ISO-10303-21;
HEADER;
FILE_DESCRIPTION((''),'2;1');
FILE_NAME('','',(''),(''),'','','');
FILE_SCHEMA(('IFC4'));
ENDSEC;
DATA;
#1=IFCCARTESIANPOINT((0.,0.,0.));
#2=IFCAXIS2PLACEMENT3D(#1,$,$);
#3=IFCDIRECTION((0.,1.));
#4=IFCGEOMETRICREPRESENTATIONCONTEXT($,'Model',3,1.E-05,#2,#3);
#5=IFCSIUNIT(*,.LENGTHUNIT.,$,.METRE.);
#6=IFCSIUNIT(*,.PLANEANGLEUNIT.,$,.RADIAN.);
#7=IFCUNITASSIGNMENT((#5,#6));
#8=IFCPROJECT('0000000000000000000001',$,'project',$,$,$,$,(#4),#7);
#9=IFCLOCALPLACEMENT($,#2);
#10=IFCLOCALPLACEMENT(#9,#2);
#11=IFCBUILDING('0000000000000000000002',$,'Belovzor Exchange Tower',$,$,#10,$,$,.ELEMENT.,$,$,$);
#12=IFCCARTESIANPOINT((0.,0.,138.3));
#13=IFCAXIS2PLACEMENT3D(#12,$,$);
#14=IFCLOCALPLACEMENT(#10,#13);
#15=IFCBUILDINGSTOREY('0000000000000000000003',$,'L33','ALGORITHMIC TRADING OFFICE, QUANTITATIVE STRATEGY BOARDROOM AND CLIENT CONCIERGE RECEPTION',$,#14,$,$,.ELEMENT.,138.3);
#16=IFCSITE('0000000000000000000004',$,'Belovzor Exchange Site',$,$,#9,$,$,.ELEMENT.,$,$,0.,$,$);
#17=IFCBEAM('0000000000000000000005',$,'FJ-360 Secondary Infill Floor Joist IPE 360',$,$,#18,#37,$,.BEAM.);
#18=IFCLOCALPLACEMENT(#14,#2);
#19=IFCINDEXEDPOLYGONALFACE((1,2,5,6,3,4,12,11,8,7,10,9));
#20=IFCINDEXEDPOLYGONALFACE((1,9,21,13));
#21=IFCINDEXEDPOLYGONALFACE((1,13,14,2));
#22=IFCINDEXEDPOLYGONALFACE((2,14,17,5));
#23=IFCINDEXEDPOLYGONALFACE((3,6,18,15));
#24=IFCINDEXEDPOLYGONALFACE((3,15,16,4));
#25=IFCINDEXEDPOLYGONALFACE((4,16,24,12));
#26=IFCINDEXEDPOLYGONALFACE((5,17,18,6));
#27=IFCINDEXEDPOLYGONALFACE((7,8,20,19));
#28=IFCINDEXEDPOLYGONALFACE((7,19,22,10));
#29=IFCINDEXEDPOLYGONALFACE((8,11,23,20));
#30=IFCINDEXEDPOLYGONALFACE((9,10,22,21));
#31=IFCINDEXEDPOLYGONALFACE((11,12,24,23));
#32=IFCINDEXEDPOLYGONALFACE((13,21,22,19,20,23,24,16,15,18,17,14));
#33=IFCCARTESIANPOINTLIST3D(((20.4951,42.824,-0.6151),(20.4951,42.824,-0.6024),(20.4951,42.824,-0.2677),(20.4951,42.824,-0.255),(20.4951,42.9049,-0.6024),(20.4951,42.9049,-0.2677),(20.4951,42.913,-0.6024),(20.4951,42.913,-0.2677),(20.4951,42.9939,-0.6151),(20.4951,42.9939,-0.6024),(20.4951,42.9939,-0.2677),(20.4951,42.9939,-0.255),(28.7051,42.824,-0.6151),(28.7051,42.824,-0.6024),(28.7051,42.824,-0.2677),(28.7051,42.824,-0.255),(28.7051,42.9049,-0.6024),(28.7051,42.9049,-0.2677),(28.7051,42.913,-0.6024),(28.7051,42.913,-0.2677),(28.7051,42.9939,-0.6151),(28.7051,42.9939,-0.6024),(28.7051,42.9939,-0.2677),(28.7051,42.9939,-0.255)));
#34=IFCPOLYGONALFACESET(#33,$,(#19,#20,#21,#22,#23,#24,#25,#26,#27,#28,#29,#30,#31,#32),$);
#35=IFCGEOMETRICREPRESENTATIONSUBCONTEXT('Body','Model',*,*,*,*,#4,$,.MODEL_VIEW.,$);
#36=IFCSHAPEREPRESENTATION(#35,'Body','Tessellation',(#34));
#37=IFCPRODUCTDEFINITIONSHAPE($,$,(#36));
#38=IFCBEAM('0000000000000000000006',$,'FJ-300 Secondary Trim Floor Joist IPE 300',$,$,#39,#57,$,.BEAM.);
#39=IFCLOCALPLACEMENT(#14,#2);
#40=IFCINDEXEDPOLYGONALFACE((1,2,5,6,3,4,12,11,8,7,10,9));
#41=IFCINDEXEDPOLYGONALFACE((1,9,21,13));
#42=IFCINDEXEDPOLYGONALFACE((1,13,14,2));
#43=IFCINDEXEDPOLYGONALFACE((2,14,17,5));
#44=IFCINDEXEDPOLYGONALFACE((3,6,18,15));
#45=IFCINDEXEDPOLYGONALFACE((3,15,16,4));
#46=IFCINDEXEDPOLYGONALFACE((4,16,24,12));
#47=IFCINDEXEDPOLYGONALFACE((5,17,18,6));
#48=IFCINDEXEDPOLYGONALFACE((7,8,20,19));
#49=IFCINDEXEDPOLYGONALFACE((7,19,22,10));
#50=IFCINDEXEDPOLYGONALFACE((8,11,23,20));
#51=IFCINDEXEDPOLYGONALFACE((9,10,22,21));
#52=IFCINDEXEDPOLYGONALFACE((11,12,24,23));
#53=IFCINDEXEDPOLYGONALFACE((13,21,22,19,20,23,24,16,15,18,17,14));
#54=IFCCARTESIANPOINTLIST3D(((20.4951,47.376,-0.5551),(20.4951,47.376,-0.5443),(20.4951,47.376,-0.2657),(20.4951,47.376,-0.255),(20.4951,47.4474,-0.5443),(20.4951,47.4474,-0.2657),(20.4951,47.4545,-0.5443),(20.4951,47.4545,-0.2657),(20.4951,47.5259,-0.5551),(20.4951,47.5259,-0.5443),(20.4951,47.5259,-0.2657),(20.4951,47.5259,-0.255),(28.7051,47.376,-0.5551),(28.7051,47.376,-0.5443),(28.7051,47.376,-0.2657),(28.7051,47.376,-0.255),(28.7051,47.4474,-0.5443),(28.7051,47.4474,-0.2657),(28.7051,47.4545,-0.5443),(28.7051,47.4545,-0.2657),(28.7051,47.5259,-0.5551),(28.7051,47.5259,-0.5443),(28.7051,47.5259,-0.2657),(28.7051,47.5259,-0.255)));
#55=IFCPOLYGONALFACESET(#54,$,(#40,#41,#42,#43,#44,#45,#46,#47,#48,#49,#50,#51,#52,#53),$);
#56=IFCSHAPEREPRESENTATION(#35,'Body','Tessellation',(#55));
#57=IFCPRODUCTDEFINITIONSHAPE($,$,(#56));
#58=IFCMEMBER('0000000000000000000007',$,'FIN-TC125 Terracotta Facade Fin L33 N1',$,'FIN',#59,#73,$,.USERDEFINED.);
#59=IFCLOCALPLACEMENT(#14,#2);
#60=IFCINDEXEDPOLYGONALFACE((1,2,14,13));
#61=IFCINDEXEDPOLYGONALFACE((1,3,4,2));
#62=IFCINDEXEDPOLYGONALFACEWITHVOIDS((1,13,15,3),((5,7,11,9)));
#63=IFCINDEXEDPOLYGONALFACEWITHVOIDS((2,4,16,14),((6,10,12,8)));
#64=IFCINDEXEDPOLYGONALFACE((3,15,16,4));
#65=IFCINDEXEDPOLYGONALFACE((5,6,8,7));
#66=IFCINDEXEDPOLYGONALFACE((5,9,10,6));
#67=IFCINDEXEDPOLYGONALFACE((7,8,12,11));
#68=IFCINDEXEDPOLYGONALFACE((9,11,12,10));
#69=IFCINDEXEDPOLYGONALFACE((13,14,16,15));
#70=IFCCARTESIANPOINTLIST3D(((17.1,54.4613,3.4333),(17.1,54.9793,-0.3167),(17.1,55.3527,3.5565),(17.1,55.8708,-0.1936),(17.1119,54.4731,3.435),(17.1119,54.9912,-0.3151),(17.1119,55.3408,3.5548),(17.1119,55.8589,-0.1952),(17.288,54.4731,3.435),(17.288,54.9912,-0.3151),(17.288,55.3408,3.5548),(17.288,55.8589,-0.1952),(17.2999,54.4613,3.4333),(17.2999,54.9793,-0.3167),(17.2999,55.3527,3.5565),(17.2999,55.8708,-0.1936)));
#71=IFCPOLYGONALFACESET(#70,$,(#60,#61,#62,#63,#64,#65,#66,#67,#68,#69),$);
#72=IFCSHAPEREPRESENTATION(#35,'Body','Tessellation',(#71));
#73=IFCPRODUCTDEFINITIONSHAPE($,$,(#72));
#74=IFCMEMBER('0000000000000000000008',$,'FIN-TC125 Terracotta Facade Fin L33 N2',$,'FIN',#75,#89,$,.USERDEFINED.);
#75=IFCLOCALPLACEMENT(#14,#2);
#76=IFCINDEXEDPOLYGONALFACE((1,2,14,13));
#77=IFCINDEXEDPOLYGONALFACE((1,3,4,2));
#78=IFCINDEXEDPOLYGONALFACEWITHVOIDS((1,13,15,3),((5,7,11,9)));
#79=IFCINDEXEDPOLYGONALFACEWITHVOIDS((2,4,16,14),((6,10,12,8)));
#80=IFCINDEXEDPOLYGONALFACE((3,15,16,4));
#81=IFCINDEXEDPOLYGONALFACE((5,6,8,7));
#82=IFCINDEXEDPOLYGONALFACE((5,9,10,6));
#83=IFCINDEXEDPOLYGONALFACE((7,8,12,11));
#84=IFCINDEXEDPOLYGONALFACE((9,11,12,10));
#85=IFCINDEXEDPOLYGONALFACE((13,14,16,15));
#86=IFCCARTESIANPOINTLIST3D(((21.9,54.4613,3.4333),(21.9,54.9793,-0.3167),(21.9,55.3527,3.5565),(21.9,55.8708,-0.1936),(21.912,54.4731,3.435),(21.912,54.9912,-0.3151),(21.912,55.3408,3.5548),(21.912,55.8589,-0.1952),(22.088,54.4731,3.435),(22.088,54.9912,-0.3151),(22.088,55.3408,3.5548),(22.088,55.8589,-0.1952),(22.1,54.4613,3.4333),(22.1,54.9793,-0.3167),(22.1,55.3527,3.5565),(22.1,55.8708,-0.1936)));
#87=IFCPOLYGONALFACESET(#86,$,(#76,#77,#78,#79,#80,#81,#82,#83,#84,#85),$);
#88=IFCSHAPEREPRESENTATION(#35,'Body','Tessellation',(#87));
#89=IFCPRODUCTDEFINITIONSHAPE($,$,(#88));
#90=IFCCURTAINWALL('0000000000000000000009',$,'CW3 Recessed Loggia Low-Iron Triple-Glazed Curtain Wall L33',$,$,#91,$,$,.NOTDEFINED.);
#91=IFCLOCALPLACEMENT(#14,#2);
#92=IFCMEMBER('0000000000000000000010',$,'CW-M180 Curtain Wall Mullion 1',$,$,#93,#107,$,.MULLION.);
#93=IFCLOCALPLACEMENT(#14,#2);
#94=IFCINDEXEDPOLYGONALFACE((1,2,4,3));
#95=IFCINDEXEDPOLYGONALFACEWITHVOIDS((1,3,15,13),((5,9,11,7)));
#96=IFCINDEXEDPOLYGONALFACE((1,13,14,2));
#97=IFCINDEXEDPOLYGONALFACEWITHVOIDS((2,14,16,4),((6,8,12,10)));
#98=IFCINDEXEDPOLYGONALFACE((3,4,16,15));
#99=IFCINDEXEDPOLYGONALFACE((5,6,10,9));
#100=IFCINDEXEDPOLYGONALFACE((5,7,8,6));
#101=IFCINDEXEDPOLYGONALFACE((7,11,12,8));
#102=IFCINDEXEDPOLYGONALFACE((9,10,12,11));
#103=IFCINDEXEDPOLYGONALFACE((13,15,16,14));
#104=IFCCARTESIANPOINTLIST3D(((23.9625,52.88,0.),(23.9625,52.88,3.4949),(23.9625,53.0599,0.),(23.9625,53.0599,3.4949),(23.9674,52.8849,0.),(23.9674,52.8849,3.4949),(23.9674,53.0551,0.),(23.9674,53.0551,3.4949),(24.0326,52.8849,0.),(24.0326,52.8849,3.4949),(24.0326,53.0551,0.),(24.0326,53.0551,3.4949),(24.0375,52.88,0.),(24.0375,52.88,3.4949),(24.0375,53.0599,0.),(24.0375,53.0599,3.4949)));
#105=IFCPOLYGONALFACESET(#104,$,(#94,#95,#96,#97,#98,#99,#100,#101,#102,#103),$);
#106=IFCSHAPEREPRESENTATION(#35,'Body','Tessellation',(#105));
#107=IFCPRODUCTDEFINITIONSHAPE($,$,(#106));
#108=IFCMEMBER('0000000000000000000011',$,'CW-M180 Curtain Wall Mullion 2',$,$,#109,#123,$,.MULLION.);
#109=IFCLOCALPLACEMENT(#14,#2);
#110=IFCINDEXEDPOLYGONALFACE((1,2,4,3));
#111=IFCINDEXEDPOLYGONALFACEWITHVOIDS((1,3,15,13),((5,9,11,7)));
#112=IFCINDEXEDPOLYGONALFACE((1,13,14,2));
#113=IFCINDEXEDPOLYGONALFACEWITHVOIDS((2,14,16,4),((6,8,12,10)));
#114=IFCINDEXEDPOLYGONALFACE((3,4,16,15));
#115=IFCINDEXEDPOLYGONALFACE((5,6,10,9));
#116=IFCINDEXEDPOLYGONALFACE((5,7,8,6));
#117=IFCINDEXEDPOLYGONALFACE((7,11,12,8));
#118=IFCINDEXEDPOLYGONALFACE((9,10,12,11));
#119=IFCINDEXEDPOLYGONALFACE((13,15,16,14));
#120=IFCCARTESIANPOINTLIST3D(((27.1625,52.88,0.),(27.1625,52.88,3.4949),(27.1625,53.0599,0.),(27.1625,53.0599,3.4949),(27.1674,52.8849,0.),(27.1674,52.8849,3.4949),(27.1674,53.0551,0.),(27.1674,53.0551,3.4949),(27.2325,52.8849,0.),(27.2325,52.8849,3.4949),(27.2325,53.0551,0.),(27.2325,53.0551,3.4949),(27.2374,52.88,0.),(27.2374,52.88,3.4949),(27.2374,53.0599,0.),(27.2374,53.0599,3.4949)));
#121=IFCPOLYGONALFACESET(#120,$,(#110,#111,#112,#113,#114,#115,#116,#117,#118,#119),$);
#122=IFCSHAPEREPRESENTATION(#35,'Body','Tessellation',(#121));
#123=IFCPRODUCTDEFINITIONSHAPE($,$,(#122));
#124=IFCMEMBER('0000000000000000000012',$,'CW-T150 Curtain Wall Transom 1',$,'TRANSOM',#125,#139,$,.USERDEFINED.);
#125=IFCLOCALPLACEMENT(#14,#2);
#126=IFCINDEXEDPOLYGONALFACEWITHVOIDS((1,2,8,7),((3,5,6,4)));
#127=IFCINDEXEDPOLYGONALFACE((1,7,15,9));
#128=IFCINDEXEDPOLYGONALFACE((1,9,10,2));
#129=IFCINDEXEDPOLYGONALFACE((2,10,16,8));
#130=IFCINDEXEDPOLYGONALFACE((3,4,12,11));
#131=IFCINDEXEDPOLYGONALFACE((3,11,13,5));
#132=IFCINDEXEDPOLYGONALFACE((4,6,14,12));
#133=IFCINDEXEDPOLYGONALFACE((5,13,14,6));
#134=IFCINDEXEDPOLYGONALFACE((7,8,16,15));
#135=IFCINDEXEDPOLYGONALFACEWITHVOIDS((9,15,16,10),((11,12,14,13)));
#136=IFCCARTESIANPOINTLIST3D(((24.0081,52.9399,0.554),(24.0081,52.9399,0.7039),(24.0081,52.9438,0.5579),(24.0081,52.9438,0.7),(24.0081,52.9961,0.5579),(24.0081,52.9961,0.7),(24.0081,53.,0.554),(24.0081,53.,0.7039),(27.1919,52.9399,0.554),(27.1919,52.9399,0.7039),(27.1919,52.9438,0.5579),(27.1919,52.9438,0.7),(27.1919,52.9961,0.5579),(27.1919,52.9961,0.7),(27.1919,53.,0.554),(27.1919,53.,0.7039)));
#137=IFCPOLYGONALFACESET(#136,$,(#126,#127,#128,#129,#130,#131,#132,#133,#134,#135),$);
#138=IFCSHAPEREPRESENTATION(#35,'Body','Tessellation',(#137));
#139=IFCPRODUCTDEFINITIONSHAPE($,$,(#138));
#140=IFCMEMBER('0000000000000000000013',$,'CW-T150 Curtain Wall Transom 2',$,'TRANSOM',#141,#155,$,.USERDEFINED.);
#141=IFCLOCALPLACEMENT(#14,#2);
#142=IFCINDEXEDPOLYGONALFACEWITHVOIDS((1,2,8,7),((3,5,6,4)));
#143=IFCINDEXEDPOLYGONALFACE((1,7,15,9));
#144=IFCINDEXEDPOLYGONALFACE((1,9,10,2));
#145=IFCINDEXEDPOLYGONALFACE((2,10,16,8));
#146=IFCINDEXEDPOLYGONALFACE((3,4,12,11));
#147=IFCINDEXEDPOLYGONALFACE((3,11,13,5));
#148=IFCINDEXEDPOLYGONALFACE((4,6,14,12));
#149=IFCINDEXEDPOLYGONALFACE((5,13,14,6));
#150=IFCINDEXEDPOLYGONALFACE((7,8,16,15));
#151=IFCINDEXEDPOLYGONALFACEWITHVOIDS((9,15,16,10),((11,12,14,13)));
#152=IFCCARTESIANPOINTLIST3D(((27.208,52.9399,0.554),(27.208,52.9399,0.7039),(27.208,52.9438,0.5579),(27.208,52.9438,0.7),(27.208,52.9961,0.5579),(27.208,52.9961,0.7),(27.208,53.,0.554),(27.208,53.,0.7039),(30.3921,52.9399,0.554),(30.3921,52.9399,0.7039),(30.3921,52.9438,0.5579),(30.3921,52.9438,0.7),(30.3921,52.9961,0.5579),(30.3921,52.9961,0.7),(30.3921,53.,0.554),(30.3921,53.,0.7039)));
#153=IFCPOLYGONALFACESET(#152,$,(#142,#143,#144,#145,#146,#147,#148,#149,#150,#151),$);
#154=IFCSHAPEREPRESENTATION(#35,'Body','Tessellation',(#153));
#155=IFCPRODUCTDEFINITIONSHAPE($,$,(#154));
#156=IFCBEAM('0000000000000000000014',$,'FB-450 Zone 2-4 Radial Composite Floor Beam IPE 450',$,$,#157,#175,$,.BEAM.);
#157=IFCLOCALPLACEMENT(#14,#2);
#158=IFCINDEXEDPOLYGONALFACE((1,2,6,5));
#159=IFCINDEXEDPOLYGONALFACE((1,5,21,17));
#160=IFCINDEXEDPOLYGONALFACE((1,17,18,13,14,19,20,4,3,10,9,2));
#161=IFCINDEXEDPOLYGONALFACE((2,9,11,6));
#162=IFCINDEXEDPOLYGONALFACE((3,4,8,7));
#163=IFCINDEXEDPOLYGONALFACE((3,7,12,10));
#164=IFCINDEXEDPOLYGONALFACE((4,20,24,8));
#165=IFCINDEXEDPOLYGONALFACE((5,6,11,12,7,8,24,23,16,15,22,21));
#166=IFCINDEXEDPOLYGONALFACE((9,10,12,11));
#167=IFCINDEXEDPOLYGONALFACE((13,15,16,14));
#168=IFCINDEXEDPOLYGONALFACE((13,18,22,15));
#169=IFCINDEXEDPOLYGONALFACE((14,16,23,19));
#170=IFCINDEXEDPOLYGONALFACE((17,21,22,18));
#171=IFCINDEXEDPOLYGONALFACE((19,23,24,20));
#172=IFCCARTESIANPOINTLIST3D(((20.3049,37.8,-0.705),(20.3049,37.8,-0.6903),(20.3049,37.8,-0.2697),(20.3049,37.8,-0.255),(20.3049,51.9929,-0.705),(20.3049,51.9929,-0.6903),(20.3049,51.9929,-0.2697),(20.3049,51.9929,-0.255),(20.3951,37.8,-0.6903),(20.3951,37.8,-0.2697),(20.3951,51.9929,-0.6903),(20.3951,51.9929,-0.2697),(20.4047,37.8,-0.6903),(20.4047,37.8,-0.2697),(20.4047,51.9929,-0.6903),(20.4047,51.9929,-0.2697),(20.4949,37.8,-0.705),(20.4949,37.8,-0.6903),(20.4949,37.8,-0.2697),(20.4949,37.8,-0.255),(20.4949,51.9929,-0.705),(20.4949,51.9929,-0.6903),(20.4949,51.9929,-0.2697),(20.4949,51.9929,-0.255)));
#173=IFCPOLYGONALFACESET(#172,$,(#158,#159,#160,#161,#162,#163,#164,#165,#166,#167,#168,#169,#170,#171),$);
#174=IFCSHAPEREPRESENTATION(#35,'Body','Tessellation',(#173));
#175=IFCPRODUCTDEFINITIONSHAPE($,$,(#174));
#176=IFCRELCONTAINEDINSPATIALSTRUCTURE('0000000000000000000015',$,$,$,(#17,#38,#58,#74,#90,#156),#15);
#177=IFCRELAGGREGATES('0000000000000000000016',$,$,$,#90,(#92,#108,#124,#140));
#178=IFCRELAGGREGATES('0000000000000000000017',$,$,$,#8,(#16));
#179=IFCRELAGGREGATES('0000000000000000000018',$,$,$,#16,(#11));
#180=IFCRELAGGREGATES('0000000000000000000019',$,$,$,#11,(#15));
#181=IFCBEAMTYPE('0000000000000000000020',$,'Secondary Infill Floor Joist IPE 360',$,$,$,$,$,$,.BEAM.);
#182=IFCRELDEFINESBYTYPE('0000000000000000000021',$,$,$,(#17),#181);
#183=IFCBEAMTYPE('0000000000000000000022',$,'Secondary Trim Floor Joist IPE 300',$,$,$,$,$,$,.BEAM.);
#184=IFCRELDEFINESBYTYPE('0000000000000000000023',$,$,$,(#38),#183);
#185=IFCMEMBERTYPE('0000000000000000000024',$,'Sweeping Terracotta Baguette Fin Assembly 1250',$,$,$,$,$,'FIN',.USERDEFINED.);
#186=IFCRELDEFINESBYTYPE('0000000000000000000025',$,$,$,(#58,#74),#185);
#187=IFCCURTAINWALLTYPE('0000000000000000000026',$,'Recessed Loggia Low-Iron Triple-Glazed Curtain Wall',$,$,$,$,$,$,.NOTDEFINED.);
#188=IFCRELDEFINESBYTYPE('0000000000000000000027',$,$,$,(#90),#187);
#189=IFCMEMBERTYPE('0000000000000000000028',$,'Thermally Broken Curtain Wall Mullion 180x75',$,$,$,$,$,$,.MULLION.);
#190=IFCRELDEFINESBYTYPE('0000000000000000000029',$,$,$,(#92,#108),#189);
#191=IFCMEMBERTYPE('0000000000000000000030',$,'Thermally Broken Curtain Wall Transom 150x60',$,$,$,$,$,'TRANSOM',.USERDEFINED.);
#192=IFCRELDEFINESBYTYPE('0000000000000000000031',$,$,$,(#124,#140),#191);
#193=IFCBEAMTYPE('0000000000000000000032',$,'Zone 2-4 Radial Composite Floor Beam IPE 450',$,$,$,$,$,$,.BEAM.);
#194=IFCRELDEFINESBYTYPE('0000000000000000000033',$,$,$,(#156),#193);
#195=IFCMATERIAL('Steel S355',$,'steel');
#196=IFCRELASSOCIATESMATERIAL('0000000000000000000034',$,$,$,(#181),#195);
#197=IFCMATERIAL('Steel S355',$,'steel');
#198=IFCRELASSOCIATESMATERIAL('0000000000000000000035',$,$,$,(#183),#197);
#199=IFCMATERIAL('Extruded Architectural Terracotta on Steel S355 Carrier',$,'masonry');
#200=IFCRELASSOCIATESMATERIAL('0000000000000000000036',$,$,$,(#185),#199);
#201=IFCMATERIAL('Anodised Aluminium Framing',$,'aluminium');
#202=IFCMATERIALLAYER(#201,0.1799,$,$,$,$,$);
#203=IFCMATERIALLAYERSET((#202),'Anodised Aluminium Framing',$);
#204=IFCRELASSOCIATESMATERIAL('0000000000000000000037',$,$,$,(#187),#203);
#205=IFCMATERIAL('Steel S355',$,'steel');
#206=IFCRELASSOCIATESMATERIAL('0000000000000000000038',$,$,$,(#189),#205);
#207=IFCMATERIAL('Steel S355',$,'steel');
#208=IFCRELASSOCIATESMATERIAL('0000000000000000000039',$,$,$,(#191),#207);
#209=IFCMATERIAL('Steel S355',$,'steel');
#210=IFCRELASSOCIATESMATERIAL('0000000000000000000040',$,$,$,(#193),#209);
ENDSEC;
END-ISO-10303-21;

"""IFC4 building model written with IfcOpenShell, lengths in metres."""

from ifc_helpers import new_model, si_unit, direction, frame, origin, origin_2d, place, context, subcontext, project, spatial, hollow_rectangle, i_section, extrude, material, layer, layer_set, material_profile, profile_set, type_object, element, aggregate, save


model = new_model("IFC4")

# Units and contexts
model_context = context("Model", 3, precision=1e-05, world=origin(), true_north=direction((0.0, 1.0)))
body_context = subcontext(model_context, "Body", "Model", "MODEL_VIEW")
ifc_project = project(units=[si_unit("LENGTHUNIT", "METRE"), si_unit("PLANEANGLEUNIT", "RADIAN")], contexts=[model_context])

# Site, building, storey
site_placement = place(None, origin())
site = spatial("IfcSite", under=ifc_project, at=site_placement, Name="Belovzor Exchange Site", CompositionType="ELEMENT", RefElevation=0.0)
building_placement = place(site_placement, origin())
building = spatial("IfcBuilding", under=site, at=building_placement, Name="Belovzor Exchange Tower", CompositionType="ELEMENT")
storey_placement = place(building_placement, frame((0.0, 0.0, 138.3)))
storey = spatial("IfcBuildingStorey", under=building, at=storey_placement, Name="L33", Description="ALGORITHMIC TRADING OFFICE, QUANTITATIVE STRATEGY BOARDROOM AND CLIENT CONCIERGE RECEPTION", CompositionType="ELEMENT", Elevation=138.3)

# Beams
ifc_material_1 = material(Name="Steel S355", Category="steel")
ifc_material_profile_1 = material_profile(ifc_material_1, i_section(OverallWidth=0.1699, OverallDepth=0.3601, WebThickness=0.0081, FlangeThickness=0.0127, at=origin_2d()))
ifc_profile_set_1 = profile_set([ifc_material_profile_1], Name="Steel S355")
beam_type_1 = type_object("IfcBeamType", Name="Secondary Infill Floor Joist IPE 360", PredefinedType="BEAM", material=ifc_profile_set_1)
beam_1_placement = place(storey_placement, frame((20.4951, 42.9089, -0.4351), z_axis=(1.0, 0.0, 0.0), x_axis=(0.0, 1.0, 0.0)))
element("IfcBeam", 1, at=beam_1_placement, inside=storey, type_object=beam_type_1, Name="FJ-360 Secondary Infill Floor Joist IPE 360", PredefinedType="BEAM", context=body_context, shape_type="SweptSolid", body=[
    extrude(i_section(OverallWidth=0.1699, OverallDepth=0.3601, WebThickness=0.0081, FlangeThickness=0.0127, at=origin_2d()), origin(), (0.0, 0.0, 1.0), 8.21),
])
ifc_material_2 = material(Name="Steel S355", Category="steel")
ifc_material_profile_2 = material_profile(ifc_material_2, i_section(OverallWidth=0.1499, OverallDepth=0.3, WebThickness=0.0071, FlangeThickness=0.0107, at=origin_2d()))
ifc_profile_set_2 = profile_set([ifc_material_profile_2], Name="Steel S355")
beam_type_2 = type_object("IfcBeamType", Name="Secondary Trim Floor Joist IPE 300", PredefinedType="BEAM", material=ifc_profile_set_2)
beam_2_placement = place(storey_placement, frame((20.4951, 47.4509, -0.405), z_axis=(1.0, 0.0, 0.0), x_axis=(0.0, 1.0, 0.0)))
element("IfcBeam", 2, at=beam_2_placement, inside=storey, type_object=beam_type_2, Name="FJ-300 Secondary Trim Floor Joist IPE 300", PredefinedType="BEAM", context=body_context, shape_type="SweptSolid", body=[
    extrude(i_section(OverallWidth=0.1499, OverallDepth=0.3, WebThickness=0.0071, FlangeThickness=0.0107, at=origin_2d()), origin(), (0.0, 0.0, 1.0), 8.21),
])

# Members
ifc_material_3 = material(Name="Extruded Architectural Terracotta on Steel S355 Carrier", Category="masonry")
ifc_material_profile_3 = material_profile(ifc_material_3, hollow_rectangle(XDim=0.2, YDim=0.8999, WallThickness=0.012, at=origin_2d()))
ifc_profile_set_3 = profile_set([ifc_material_profile_3], Name="Extruded Architectural Terracotta on Steel S355 Carrier")
member_type_1 = type_object("IfcMemberType", Name="Sweeping Terracotta Baguette Fin Assembly 1250", ElementType="FIN", PredefinedType="USERDEFINED", material=ifc_profile_set_3)
for number, where, z_axis, x_axis, name in (
    (3, (17.2, 55.425, -0.2551), (0.0, -0.136851, 0.990592), (1.0, 0.0, 0.0), "FIN-TC125 Terracotta Facade Fin L33 N1"),
    (4, (22.0, 55.425, -0.2551), (0.0, -0.136851, 0.990592), (1.0, 0.0, 0.0), "FIN-TC125 Terracotta Facade Fin L33 N2"),
):
    element("IfcMember", number, at=place(storey_placement, frame(where, z_axis=z_axis, x_axis=x_axis)), inside=storey, type_object=member_type_1, Name=name, ObjectType="FIN", PredefinedType="USERDEFINED", context=body_context, shape_type="SweptSolid", body=[
        extrude(hollow_rectangle(XDim=0.2, YDim=0.8999, WallThickness=0.012, at=origin_2d()), origin(), (0.0, 0.0, 1.0), 3.7856),
    ])

# Curtain wall, members
ifc_material_4 = material(Name="Anodised Aluminium Framing", Category="aluminium")
ifc_layer_1 = layer(ifc_material_4, 0.1799)
ifc_layer_set_1 = layer_set([ifc_layer_1], Name="Anodised Aluminium Framing")
curtain_wall_type = type_object("IfcCurtainWallType", Name="Recessed Loggia Low-Iron Triple-Glazed Curtain Wall", PredefinedType="NOTDEFINED", material=ifc_layer_set_1)
curtain_wall_placement = place(storey_placement, origin())
curtain_wall = element("IfcCurtainWall", 5, at=curtain_wall_placement, inside=storey, type_object=curtain_wall_type, Name="CW3 Recessed Loggia Low-Iron Triple-Glazed Curtain Wall L33", PredefinedType="NOTDEFINED")
ifc_material_5 = material(Name="Steel S355", Category="steel")
ifc_material_profile_4 = material_profile(ifc_material_5, hollow_rectangle(XDim=0.075, YDim=0.1799, WallThickness=0.0049, at=origin_2d()))
ifc_profile_set_4 = profile_set([ifc_material_profile_4], Name="Steel S355")
member_type_2 = type_object("IfcMemberType", Name="Thermally Broken Curtain Wall Mullion 180x75", PredefinedType="MULLION", material=ifc_profile_set_4)
member_1_placement = place(storey_placement, frame((24.0, 52.97, 0.0), z_axis=(0.0, 0.0, 1.0), x_axis=(1.0, 0.0, 0.0)))
member_1 = element("IfcMember", 6, at=member_1_placement, type_object=member_type_2, Name="CW-M180 Curtain Wall Mullion 1", PredefinedType="MULLION", context=body_context, shape_type="SweptSolid", body=[
    extrude(hollow_rectangle(XDim=0.075, YDim=0.1799, WallThickness=0.0049, at=origin_2d()), origin(), (0.0, 0.0, 1.0), 3.4949),
])
member_2_placement = place(storey_placement, frame((27.2, 52.97, 0.0), z_axis=(0.0, 0.0, 1.0), x_axis=(1.0, 0.0, 0.0)))
member_2 = element("IfcMember", 7, at=member_2_placement, type_object=member_type_2, Name="CW-M180 Curtain Wall Mullion 2", PredefinedType="MULLION", context=body_context, shape_type="SweptSolid", body=[
    extrude(hollow_rectangle(XDim=0.075, YDim=0.1799, WallThickness=0.0049, at=origin_2d()), origin(), (0.0, 0.0, 1.0), 3.4949),
])
ifc_material_6 = material(Name="Steel S355", Category="steel")
ifc_material_profile_5 = material_profile(ifc_material_6, hollow_rectangle(XDim=0.0601, YDim=0.1499, WallThickness=0.0039, at=origin_2d()))
ifc_profile_set_5 = profile_set([ifc_material_profile_5], Name="Steel S355")
member_type_3 = type_object("IfcMemberType", Name="Thermally Broken Curtain Wall Transom 150x60", ElementType="TRANSOM", PredefinedType="USERDEFINED", material=ifc_profile_set_5)
member_3_placement = place(storey_placement, frame((24.0081, 52.97, 0.6289), z_axis=(1.0, 0.0, 0.0), x_axis=(0.0, 1.0, 0.0)))
member_3 = element("IfcMember", 8, at=member_3_placement, type_object=member_type_3, Name="CW-T150 Curtain Wall Transom 1", ObjectType="TRANSOM", PredefinedType="USERDEFINED", context=body_context, shape_type="SweptSolid", body=[
    extrude(hollow_rectangle(XDim=0.0601, YDim=0.1499, WallThickness=0.0039, at=origin_2d()), origin(), (0.0, 0.0, 1.0), 3.1838),
])
member_4_placement = place(storey_placement, frame((27.208, 52.97, 0.6289), z_axis=(1.0, 0.0, 0.0), x_axis=(0.0, 1.0, 0.0)))
member_4 = element("IfcMember", 9, at=member_4_placement, type_object=member_type_3, Name="CW-T150 Curtain Wall Transom 2", ObjectType="TRANSOM", PredefinedType="USERDEFINED", context=body_context, shape_type="SweptSolid", body=[
    extrude(hollow_rectangle(XDim=0.0601, YDim=0.1499, WallThickness=0.0039, at=origin_2d()), origin(), (0.0, 0.0, 1.0), 3.1841),
])

# Beam
ifc_material_7 = material(Name="Steel S355", Category="steel")
ifc_material_profile_6 = material_profile(ifc_material_7, i_section(OverallWidth=0.1899, OverallDepth=0.45, WebThickness=0.0095, FlangeThickness=0.0146, at=origin_2d()))
ifc_profile_set_6 = profile_set([ifc_material_profile_6], Name="Steel S355")
beam_type_3 = type_object("IfcBeamType", Name="Zone 2-4 Radial Composite Floor Beam IPE 450", PredefinedType="BEAM", material=ifc_profile_set_6)
beam_3_placement = place(storey_placement, frame((20.3999, 37.8, -0.48), z_axis=(0.0, 1.0, 0.0), x_axis=(-1.0, 0.0, 0.0)))
element("IfcBeam", 10, at=beam_3_placement, inside=storey, type_object=beam_type_3, Name="FB-450 Zone 2-4 Radial Composite Floor Beam IPE 450", PredefinedType="BEAM", context=body_context, shape_type="SweptSolid", body=[
    extrude(i_section(OverallWidth=0.1899, OverallDepth=0.45, WebThickness=0.0095, FlangeThickness=0.0146, at=origin_2d()), origin(), (0.0, 0.0, 1.0), 14.1929),
])

aggregate(curtain_wall, [member_1, member_2, member_3, member_4])

save(model, "model.ifc")
